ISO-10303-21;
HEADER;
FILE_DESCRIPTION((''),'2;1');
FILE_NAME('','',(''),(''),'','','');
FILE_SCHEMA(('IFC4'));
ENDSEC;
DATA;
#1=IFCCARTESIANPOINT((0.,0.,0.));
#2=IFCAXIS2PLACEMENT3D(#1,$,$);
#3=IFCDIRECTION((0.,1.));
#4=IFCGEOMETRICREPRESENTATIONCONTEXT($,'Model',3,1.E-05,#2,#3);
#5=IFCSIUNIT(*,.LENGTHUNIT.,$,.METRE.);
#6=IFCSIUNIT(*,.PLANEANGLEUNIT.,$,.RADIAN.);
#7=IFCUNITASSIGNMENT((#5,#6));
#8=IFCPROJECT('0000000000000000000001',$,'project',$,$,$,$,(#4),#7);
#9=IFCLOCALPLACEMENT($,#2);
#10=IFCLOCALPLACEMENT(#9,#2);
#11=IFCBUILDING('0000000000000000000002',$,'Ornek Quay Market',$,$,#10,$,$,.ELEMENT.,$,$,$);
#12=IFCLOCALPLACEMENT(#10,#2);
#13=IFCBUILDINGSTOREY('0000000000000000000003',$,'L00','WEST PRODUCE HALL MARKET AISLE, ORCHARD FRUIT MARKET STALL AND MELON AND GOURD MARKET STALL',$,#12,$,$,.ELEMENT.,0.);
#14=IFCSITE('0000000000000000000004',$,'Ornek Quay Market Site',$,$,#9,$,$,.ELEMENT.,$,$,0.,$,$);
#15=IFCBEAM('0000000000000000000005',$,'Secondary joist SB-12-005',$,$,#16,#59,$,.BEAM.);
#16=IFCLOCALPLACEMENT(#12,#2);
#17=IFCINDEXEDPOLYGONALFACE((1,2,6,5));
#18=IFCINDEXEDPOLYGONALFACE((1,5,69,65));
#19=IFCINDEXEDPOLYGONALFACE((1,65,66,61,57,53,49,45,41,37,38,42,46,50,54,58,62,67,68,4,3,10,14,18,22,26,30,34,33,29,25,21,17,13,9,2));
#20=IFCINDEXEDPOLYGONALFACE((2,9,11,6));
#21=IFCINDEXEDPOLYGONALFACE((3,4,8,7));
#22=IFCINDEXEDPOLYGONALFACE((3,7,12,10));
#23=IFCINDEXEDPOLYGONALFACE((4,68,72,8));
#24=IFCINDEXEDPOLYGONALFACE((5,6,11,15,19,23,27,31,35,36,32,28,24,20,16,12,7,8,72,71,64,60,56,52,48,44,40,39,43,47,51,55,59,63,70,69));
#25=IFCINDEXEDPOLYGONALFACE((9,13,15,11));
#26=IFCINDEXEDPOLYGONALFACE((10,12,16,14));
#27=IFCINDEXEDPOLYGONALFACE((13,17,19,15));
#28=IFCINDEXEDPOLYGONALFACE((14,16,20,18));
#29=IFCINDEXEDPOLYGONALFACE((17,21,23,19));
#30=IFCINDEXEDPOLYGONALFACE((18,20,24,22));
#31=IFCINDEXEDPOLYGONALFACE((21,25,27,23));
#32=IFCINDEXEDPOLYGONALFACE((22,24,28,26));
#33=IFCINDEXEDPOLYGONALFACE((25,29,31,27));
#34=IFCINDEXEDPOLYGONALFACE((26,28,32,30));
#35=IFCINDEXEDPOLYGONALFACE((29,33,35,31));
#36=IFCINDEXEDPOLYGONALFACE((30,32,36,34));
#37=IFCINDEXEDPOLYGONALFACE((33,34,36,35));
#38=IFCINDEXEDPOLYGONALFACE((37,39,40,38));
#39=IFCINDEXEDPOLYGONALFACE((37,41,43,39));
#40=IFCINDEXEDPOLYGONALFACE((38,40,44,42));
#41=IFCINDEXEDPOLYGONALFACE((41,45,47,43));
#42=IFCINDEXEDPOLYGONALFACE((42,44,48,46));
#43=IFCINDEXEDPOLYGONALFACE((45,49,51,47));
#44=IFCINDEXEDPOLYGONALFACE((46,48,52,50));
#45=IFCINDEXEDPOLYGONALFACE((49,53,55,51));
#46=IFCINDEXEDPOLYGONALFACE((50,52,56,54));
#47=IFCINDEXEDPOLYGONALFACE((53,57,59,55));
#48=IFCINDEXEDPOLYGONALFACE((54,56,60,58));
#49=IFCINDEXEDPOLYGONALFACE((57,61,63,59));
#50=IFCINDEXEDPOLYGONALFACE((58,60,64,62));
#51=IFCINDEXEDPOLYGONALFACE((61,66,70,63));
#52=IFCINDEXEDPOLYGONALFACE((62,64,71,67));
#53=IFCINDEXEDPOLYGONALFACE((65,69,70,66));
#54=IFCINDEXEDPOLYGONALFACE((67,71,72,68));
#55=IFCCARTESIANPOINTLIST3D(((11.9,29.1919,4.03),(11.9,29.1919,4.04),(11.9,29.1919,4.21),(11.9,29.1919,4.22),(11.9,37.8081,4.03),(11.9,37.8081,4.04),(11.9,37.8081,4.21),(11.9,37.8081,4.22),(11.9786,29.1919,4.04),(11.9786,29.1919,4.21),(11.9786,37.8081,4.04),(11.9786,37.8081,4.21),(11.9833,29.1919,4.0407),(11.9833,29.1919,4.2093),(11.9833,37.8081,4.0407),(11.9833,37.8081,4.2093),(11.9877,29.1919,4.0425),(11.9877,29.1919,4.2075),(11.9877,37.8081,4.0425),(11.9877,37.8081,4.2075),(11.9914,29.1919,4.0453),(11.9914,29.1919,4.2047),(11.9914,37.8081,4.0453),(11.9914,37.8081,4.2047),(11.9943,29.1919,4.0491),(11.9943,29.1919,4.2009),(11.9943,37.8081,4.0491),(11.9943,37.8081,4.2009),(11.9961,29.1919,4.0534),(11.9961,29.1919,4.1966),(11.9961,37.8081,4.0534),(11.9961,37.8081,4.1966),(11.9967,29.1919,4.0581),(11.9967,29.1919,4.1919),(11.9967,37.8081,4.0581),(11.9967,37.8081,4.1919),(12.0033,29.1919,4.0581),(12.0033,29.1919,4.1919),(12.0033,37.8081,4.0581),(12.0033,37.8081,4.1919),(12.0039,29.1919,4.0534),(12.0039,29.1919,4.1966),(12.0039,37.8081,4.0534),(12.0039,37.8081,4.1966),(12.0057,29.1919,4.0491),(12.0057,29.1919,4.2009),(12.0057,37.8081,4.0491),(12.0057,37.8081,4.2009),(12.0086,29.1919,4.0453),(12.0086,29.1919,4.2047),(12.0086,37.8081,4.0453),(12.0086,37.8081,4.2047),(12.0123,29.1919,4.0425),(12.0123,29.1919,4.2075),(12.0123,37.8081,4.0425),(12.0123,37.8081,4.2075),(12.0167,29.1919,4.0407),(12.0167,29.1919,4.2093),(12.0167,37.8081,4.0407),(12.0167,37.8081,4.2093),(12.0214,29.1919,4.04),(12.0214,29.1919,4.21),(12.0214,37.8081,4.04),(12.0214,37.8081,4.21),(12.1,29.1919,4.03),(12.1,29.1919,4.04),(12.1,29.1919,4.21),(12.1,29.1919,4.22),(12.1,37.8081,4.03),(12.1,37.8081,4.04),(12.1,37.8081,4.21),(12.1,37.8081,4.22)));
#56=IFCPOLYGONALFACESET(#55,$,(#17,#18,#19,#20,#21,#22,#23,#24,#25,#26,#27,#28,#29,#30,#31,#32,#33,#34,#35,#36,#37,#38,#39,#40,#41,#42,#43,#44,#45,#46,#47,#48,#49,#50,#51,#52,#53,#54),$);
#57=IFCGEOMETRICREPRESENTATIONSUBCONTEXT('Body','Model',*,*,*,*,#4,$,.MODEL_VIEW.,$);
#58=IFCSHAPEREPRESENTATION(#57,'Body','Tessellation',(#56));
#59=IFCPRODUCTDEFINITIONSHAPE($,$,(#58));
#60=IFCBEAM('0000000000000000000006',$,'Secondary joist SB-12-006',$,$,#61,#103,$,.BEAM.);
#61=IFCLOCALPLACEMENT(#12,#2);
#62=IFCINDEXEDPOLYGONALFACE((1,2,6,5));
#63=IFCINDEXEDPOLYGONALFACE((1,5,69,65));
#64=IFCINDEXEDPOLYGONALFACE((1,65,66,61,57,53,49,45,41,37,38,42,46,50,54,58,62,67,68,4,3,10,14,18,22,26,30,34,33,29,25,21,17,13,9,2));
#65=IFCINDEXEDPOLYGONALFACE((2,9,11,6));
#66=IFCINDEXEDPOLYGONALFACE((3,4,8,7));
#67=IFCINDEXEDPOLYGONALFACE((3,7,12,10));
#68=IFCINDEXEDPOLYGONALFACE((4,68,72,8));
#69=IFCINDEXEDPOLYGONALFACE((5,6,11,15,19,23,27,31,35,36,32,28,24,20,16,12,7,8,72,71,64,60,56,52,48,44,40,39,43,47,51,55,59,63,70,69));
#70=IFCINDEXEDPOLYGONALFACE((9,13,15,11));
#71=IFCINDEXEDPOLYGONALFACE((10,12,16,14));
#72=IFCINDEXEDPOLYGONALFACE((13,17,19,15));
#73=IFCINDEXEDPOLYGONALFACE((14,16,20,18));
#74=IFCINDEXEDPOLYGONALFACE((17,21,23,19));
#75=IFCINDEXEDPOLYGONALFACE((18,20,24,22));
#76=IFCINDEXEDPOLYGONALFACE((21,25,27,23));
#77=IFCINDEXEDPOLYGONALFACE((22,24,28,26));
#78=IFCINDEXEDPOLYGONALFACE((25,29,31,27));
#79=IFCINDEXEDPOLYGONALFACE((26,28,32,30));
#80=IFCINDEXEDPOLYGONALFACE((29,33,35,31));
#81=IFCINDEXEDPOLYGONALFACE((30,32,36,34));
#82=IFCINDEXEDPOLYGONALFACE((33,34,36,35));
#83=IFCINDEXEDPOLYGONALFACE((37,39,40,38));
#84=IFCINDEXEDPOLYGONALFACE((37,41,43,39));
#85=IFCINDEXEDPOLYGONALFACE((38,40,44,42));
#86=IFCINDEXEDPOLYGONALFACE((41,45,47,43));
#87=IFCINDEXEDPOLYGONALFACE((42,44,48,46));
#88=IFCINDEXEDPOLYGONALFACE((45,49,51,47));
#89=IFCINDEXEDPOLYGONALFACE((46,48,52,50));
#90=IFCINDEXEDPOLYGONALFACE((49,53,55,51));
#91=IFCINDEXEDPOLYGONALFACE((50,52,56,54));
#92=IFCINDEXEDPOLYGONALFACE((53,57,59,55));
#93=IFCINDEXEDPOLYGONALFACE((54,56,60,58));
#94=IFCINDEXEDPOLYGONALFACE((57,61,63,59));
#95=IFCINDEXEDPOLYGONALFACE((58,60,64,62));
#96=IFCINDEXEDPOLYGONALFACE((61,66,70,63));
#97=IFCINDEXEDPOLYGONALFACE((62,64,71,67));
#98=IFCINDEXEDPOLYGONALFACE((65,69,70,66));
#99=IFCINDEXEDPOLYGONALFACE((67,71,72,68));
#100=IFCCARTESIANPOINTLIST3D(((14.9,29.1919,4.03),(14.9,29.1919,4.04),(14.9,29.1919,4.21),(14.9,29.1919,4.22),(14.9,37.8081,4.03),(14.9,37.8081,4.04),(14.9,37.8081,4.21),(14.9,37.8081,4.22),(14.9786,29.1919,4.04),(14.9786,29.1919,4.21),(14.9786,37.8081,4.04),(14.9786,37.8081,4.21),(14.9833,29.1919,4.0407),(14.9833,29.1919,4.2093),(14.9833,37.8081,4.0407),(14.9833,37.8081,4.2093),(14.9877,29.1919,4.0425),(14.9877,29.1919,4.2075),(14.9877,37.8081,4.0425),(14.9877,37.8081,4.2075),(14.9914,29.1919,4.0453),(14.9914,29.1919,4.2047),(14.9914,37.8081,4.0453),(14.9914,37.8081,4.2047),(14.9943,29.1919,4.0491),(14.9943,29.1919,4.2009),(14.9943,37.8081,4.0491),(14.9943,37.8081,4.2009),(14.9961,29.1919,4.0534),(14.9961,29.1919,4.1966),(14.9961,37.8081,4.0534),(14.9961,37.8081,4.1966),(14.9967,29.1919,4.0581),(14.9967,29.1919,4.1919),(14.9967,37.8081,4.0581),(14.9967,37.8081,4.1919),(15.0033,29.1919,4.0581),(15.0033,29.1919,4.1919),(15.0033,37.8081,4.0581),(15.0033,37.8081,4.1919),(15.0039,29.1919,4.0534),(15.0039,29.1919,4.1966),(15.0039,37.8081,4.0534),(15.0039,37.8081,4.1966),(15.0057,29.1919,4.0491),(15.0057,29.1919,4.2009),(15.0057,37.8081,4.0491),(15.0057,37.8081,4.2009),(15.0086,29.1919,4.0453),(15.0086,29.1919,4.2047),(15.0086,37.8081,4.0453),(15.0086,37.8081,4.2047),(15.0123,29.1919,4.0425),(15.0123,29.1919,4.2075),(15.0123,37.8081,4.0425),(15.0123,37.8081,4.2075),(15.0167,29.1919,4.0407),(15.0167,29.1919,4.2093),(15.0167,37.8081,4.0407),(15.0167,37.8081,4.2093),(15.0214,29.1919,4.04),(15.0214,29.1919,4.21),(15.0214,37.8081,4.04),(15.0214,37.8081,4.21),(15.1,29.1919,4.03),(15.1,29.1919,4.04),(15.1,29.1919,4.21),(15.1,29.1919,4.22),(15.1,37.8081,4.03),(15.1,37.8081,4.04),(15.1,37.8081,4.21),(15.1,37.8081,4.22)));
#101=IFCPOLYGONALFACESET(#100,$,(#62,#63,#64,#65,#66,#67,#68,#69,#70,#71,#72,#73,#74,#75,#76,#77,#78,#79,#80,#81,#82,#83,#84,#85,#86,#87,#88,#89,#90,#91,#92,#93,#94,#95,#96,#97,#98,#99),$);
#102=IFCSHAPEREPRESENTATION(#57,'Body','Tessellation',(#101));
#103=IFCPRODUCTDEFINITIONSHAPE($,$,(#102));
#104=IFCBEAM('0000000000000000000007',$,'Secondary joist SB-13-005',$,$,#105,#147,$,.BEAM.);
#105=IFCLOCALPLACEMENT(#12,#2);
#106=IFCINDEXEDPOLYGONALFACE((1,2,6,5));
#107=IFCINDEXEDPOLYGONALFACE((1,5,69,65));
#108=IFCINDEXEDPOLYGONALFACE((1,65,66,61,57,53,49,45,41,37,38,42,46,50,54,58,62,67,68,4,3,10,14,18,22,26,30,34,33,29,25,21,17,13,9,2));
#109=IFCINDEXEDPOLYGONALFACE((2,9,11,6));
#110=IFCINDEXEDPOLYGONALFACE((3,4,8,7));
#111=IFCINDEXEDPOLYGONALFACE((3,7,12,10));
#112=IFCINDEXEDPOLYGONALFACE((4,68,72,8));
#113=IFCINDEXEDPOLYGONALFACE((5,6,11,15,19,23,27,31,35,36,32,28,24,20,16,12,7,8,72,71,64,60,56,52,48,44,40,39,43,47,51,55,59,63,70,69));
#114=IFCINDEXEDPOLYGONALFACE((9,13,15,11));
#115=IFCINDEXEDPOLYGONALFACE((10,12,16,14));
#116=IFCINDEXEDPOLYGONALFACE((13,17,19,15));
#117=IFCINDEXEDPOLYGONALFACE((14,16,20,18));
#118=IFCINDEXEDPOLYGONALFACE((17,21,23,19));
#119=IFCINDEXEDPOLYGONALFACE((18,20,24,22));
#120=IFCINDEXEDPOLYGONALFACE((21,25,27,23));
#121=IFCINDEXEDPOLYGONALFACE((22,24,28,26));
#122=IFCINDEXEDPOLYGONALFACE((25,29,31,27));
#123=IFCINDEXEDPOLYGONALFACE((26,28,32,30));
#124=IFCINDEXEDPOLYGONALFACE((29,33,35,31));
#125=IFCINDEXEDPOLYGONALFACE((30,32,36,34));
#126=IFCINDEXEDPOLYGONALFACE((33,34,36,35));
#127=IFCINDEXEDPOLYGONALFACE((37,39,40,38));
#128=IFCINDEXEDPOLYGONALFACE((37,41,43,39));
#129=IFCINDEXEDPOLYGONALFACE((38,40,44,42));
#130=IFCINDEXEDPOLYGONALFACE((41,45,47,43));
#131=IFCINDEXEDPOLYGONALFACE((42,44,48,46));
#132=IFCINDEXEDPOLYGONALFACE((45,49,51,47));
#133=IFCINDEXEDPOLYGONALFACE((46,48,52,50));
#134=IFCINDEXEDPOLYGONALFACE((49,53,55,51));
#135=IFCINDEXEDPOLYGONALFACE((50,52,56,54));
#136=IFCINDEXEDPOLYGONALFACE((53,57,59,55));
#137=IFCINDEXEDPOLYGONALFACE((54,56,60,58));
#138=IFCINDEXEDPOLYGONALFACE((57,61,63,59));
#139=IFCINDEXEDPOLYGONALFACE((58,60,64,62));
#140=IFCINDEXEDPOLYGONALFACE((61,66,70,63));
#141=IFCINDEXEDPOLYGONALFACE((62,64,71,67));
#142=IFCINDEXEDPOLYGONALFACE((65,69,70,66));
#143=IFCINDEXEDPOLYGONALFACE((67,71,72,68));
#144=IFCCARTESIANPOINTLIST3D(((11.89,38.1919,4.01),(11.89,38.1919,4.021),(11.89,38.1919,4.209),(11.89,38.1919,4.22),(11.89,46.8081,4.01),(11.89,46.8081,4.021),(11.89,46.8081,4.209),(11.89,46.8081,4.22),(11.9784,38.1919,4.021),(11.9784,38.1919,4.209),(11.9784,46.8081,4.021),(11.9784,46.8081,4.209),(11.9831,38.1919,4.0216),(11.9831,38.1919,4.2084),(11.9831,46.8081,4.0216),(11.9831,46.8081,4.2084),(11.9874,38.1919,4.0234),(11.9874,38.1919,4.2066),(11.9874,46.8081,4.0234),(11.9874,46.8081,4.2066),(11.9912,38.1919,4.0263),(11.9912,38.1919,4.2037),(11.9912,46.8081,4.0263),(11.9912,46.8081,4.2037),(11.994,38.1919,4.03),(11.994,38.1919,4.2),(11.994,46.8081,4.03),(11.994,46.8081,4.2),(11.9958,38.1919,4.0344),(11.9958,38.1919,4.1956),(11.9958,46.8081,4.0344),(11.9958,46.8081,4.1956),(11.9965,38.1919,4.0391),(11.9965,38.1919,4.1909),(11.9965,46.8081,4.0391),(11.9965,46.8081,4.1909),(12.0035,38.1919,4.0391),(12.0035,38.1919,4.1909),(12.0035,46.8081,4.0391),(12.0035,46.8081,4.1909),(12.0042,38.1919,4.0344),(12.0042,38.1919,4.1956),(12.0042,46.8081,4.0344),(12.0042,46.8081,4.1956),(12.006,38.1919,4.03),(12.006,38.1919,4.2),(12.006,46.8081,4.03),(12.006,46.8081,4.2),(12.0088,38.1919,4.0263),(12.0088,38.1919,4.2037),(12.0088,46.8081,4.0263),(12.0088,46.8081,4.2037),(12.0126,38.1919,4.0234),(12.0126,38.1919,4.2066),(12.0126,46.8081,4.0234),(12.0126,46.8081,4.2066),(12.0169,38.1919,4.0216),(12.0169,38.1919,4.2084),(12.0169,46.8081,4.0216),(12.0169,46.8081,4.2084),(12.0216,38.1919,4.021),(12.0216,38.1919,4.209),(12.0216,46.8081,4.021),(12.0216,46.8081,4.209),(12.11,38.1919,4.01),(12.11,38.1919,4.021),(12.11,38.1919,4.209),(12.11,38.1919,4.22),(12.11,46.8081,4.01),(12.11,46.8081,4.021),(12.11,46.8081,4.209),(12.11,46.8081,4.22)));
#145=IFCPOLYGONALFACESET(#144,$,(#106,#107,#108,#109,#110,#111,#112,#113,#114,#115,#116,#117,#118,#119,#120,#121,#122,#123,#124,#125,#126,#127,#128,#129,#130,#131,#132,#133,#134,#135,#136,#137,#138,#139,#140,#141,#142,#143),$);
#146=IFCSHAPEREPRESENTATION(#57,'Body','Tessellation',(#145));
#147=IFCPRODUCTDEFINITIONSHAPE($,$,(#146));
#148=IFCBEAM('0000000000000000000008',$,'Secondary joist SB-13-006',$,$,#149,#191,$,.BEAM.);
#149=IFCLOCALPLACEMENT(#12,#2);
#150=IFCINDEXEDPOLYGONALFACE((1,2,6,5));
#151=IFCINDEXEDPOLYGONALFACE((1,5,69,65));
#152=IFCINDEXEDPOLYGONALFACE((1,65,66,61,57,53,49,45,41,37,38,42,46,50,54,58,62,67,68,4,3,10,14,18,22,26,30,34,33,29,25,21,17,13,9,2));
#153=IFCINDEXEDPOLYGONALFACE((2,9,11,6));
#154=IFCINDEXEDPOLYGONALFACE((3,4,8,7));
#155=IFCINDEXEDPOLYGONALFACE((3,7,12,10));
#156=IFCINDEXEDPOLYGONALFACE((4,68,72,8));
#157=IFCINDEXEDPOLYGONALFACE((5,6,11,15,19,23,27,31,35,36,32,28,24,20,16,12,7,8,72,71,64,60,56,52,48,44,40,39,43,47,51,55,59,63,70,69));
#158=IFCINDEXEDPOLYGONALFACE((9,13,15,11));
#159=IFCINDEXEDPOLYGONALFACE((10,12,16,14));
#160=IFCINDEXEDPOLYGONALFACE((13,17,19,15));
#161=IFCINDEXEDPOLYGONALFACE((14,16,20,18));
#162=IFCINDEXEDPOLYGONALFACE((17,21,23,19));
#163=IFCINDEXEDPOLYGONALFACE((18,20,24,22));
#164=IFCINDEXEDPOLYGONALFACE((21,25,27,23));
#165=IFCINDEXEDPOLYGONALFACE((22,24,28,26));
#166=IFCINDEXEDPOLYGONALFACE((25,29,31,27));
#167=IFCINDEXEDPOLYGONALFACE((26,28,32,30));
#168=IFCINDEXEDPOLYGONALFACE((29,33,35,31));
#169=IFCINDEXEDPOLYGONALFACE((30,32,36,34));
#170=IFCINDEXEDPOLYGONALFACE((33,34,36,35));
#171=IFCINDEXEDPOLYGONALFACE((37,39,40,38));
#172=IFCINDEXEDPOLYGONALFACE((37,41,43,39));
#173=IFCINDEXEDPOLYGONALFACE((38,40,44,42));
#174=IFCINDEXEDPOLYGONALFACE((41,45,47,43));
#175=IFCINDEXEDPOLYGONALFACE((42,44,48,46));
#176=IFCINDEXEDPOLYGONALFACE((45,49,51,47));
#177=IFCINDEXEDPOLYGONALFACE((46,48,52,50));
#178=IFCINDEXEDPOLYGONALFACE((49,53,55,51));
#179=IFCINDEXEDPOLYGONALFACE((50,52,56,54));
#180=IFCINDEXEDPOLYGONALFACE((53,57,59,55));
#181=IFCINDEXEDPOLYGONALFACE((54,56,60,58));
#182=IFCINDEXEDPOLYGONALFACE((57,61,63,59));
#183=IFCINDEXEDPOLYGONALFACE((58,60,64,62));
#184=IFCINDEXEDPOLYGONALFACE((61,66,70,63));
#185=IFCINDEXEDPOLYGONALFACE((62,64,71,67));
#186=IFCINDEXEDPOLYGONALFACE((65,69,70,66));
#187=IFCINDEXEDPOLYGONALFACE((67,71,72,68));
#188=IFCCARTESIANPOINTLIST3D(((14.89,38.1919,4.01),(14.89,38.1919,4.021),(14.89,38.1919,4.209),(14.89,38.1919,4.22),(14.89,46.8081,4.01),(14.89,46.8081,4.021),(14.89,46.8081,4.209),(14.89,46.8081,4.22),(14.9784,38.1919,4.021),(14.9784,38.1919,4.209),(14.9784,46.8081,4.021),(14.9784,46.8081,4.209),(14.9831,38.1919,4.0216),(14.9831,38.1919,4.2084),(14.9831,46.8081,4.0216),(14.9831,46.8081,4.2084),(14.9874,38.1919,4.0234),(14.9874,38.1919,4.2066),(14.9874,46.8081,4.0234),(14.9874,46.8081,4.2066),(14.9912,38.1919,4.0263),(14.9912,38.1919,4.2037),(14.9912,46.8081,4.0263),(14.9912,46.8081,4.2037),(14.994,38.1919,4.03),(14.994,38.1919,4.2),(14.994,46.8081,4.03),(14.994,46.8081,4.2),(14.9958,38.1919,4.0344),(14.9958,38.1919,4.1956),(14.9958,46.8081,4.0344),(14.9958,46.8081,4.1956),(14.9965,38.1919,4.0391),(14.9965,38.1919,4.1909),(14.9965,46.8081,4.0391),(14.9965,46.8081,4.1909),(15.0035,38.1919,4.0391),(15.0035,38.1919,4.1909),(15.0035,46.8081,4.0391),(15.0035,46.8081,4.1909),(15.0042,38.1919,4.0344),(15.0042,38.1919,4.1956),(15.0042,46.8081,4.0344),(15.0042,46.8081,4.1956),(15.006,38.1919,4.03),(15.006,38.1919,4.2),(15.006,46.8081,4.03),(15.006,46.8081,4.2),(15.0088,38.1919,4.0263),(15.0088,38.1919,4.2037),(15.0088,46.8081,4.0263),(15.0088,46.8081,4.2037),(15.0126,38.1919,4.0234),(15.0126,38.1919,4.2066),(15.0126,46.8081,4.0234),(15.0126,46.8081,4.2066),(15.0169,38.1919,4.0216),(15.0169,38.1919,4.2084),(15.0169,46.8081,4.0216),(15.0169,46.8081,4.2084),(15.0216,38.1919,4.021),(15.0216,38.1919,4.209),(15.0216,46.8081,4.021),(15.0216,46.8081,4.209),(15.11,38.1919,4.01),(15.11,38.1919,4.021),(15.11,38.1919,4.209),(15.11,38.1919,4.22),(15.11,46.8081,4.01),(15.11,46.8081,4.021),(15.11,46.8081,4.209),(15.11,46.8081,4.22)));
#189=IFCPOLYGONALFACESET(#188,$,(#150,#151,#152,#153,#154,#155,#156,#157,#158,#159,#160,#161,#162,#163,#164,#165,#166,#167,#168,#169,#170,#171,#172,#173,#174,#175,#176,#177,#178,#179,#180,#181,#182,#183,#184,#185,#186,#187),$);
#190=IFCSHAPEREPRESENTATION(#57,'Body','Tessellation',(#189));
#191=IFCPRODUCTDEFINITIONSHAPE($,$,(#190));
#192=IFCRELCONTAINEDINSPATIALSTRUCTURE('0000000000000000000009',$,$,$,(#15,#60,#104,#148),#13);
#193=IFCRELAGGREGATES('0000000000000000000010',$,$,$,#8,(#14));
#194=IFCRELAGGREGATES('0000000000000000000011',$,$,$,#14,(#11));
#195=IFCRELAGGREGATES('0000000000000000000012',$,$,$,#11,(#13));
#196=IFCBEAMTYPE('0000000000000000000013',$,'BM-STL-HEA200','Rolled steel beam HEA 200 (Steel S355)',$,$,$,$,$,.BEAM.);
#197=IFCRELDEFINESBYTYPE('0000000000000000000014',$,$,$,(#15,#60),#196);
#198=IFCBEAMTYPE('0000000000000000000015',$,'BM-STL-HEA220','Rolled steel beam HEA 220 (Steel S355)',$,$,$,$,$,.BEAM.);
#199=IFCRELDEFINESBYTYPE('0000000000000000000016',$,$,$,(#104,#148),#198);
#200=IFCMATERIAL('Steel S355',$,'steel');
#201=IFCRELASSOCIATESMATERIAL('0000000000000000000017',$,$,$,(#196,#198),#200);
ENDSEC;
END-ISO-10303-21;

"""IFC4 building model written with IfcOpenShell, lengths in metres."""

from ifc_helpers import new_model, si_unit, direction, frame, origin, origin_2d, place, context, subcontext, project, spatial, i_section, extrude, material, material_profile, profile_set, type_object, element, save


model = new_model("IFC4")

# Units and contexts
model_context = context("Model", 3, precision=1e-05, world=origin(), true_north=direction((0.0, 1.0)))
body_context = subcontext(model_context, "Body", "Model", "MODEL_VIEW")
ifc_project = project(units=[si_unit("LENGTHUNIT", "METRE"), si_unit("PLANEANGLEUNIT", "RADIAN")], contexts=[model_context])

# Site, building, storey
site_placement = place(None, origin())
site = spatial("IfcSite", under=ifc_project, at=site_placement, Name="Ornek Quay Market Site", CompositionType="ELEMENT", RefElevation=0.0)
building_placement = place(site_placement, origin())
building = spatial("IfcBuilding", under=site, at=building_placement, Name="Ornek Quay Market", CompositionType="ELEMENT")
storey_placement = place(building_placement, origin())
storey = spatial("IfcBuildingStorey", under=building, at=storey_placement, Name="L00", Description="WEST PRODUCE HALL MARKET AISLE, ORCHARD FRUIT MARKET STALL AND MELON AND GOURD MARKET STALL", CompositionType="ELEMENT", Elevation=0.0)

# Shared definitions
ifc_material_1 = material(Name="Steel S355", Category="steel")

# Beams
ifc_material_profile_1 = material_profile(ifc_material_1, i_section(OverallWidth=0.2, OverallDepth=0.1899, WebThickness=0.0066, FlangeThickness=0.01, FilletRadius=0.0181, at=origin_2d()), Name="HEA 200", Category="steel")
ifc_profile_set_1 = profile_set([ifc_material_profile_1], Name="Steel S355")
beam_type_1 = type_object("IfcBeamType", Name="BM-STL-HEA200", Description="Rolled steel beam HEA 200 (Steel S355)", PredefinedType="BEAM", material=ifc_profile_set_1)
for number, where, z_axis, x_axis, name in (
    (1, (12.0, 29.1919, 4.125), (0.0, 1.0, 0.0), (-1.0, 0.0, 0.0), "Secondary joist SB-12-005"),
    (2, (15.0, 29.1919, 4.125), (0.0, 1.0, 0.0), (-1.0, 0.0, 0.0), "Secondary joist SB-12-006"),
):
    element("IfcBeam", number, at=place(storey_placement, frame(where, z_axis=z_axis, x_axis=x_axis)), inside=storey, type_object=beam_type_1, Name=name, PredefinedType="BEAM", context=body_context, shape_type="SweptSolid", body=[
        extrude(i_section(OverallWidth=0.2, OverallDepth=0.1899, WebThickness=0.0066, FlangeThickness=0.01, FilletRadius=0.0181, at=origin_2d()), origin(), (0.0, 0.0, 1.0), 8.6162),
    ])
ifc_material_profile_2 = material_profile(ifc_material_1, i_section(OverallWidth=0.22, OverallDepth=0.21, WebThickness=0.0071, FlangeThickness=0.011, FilletRadius=0.0181, at=origin_2d()), Name="HEA 220", Category="steel")
ifc_profile_set_2 = profile_set([ifc_material_profile_2], Name="Steel S355")
beam_type_2 = type_object("IfcBeamType", Name="BM-STL-HEA220", Description="Rolled steel beam HEA 220 (Steel S355)", PredefinedType="BEAM", material=ifc_profile_set_2)
for number, where, z_axis, x_axis, name in (
    (3, (12.0, 38.1919, 4.115), (0.0, 1.0, 0.0), (-1.0, 0.0, 0.0), "Secondary joist SB-13-005"),
    (4, (15.0, 38.1919, 4.115), (0.0, 1.0, 0.0), (-1.0, 0.0, 0.0), "Secondary joist SB-13-006"),
):
    element("IfcBeam", number, at=place(storey_placement, frame(where, z_axis=z_axis, x_axis=x_axis)), inside=storey, type_object=beam_type_2, Name=name, PredefinedType="BEAM", context=body_context, shape_type="SweptSolid", body=[
        extrude(i_section(OverallWidth=0.22, OverallDepth=0.21, WebThickness=0.0071, FlangeThickness=0.011, FilletRadius=0.0181, at=origin_2d()), origin(), (0.0, 0.0, 1.0), 8.6162),
    ])

save(model, "model.ifc")
